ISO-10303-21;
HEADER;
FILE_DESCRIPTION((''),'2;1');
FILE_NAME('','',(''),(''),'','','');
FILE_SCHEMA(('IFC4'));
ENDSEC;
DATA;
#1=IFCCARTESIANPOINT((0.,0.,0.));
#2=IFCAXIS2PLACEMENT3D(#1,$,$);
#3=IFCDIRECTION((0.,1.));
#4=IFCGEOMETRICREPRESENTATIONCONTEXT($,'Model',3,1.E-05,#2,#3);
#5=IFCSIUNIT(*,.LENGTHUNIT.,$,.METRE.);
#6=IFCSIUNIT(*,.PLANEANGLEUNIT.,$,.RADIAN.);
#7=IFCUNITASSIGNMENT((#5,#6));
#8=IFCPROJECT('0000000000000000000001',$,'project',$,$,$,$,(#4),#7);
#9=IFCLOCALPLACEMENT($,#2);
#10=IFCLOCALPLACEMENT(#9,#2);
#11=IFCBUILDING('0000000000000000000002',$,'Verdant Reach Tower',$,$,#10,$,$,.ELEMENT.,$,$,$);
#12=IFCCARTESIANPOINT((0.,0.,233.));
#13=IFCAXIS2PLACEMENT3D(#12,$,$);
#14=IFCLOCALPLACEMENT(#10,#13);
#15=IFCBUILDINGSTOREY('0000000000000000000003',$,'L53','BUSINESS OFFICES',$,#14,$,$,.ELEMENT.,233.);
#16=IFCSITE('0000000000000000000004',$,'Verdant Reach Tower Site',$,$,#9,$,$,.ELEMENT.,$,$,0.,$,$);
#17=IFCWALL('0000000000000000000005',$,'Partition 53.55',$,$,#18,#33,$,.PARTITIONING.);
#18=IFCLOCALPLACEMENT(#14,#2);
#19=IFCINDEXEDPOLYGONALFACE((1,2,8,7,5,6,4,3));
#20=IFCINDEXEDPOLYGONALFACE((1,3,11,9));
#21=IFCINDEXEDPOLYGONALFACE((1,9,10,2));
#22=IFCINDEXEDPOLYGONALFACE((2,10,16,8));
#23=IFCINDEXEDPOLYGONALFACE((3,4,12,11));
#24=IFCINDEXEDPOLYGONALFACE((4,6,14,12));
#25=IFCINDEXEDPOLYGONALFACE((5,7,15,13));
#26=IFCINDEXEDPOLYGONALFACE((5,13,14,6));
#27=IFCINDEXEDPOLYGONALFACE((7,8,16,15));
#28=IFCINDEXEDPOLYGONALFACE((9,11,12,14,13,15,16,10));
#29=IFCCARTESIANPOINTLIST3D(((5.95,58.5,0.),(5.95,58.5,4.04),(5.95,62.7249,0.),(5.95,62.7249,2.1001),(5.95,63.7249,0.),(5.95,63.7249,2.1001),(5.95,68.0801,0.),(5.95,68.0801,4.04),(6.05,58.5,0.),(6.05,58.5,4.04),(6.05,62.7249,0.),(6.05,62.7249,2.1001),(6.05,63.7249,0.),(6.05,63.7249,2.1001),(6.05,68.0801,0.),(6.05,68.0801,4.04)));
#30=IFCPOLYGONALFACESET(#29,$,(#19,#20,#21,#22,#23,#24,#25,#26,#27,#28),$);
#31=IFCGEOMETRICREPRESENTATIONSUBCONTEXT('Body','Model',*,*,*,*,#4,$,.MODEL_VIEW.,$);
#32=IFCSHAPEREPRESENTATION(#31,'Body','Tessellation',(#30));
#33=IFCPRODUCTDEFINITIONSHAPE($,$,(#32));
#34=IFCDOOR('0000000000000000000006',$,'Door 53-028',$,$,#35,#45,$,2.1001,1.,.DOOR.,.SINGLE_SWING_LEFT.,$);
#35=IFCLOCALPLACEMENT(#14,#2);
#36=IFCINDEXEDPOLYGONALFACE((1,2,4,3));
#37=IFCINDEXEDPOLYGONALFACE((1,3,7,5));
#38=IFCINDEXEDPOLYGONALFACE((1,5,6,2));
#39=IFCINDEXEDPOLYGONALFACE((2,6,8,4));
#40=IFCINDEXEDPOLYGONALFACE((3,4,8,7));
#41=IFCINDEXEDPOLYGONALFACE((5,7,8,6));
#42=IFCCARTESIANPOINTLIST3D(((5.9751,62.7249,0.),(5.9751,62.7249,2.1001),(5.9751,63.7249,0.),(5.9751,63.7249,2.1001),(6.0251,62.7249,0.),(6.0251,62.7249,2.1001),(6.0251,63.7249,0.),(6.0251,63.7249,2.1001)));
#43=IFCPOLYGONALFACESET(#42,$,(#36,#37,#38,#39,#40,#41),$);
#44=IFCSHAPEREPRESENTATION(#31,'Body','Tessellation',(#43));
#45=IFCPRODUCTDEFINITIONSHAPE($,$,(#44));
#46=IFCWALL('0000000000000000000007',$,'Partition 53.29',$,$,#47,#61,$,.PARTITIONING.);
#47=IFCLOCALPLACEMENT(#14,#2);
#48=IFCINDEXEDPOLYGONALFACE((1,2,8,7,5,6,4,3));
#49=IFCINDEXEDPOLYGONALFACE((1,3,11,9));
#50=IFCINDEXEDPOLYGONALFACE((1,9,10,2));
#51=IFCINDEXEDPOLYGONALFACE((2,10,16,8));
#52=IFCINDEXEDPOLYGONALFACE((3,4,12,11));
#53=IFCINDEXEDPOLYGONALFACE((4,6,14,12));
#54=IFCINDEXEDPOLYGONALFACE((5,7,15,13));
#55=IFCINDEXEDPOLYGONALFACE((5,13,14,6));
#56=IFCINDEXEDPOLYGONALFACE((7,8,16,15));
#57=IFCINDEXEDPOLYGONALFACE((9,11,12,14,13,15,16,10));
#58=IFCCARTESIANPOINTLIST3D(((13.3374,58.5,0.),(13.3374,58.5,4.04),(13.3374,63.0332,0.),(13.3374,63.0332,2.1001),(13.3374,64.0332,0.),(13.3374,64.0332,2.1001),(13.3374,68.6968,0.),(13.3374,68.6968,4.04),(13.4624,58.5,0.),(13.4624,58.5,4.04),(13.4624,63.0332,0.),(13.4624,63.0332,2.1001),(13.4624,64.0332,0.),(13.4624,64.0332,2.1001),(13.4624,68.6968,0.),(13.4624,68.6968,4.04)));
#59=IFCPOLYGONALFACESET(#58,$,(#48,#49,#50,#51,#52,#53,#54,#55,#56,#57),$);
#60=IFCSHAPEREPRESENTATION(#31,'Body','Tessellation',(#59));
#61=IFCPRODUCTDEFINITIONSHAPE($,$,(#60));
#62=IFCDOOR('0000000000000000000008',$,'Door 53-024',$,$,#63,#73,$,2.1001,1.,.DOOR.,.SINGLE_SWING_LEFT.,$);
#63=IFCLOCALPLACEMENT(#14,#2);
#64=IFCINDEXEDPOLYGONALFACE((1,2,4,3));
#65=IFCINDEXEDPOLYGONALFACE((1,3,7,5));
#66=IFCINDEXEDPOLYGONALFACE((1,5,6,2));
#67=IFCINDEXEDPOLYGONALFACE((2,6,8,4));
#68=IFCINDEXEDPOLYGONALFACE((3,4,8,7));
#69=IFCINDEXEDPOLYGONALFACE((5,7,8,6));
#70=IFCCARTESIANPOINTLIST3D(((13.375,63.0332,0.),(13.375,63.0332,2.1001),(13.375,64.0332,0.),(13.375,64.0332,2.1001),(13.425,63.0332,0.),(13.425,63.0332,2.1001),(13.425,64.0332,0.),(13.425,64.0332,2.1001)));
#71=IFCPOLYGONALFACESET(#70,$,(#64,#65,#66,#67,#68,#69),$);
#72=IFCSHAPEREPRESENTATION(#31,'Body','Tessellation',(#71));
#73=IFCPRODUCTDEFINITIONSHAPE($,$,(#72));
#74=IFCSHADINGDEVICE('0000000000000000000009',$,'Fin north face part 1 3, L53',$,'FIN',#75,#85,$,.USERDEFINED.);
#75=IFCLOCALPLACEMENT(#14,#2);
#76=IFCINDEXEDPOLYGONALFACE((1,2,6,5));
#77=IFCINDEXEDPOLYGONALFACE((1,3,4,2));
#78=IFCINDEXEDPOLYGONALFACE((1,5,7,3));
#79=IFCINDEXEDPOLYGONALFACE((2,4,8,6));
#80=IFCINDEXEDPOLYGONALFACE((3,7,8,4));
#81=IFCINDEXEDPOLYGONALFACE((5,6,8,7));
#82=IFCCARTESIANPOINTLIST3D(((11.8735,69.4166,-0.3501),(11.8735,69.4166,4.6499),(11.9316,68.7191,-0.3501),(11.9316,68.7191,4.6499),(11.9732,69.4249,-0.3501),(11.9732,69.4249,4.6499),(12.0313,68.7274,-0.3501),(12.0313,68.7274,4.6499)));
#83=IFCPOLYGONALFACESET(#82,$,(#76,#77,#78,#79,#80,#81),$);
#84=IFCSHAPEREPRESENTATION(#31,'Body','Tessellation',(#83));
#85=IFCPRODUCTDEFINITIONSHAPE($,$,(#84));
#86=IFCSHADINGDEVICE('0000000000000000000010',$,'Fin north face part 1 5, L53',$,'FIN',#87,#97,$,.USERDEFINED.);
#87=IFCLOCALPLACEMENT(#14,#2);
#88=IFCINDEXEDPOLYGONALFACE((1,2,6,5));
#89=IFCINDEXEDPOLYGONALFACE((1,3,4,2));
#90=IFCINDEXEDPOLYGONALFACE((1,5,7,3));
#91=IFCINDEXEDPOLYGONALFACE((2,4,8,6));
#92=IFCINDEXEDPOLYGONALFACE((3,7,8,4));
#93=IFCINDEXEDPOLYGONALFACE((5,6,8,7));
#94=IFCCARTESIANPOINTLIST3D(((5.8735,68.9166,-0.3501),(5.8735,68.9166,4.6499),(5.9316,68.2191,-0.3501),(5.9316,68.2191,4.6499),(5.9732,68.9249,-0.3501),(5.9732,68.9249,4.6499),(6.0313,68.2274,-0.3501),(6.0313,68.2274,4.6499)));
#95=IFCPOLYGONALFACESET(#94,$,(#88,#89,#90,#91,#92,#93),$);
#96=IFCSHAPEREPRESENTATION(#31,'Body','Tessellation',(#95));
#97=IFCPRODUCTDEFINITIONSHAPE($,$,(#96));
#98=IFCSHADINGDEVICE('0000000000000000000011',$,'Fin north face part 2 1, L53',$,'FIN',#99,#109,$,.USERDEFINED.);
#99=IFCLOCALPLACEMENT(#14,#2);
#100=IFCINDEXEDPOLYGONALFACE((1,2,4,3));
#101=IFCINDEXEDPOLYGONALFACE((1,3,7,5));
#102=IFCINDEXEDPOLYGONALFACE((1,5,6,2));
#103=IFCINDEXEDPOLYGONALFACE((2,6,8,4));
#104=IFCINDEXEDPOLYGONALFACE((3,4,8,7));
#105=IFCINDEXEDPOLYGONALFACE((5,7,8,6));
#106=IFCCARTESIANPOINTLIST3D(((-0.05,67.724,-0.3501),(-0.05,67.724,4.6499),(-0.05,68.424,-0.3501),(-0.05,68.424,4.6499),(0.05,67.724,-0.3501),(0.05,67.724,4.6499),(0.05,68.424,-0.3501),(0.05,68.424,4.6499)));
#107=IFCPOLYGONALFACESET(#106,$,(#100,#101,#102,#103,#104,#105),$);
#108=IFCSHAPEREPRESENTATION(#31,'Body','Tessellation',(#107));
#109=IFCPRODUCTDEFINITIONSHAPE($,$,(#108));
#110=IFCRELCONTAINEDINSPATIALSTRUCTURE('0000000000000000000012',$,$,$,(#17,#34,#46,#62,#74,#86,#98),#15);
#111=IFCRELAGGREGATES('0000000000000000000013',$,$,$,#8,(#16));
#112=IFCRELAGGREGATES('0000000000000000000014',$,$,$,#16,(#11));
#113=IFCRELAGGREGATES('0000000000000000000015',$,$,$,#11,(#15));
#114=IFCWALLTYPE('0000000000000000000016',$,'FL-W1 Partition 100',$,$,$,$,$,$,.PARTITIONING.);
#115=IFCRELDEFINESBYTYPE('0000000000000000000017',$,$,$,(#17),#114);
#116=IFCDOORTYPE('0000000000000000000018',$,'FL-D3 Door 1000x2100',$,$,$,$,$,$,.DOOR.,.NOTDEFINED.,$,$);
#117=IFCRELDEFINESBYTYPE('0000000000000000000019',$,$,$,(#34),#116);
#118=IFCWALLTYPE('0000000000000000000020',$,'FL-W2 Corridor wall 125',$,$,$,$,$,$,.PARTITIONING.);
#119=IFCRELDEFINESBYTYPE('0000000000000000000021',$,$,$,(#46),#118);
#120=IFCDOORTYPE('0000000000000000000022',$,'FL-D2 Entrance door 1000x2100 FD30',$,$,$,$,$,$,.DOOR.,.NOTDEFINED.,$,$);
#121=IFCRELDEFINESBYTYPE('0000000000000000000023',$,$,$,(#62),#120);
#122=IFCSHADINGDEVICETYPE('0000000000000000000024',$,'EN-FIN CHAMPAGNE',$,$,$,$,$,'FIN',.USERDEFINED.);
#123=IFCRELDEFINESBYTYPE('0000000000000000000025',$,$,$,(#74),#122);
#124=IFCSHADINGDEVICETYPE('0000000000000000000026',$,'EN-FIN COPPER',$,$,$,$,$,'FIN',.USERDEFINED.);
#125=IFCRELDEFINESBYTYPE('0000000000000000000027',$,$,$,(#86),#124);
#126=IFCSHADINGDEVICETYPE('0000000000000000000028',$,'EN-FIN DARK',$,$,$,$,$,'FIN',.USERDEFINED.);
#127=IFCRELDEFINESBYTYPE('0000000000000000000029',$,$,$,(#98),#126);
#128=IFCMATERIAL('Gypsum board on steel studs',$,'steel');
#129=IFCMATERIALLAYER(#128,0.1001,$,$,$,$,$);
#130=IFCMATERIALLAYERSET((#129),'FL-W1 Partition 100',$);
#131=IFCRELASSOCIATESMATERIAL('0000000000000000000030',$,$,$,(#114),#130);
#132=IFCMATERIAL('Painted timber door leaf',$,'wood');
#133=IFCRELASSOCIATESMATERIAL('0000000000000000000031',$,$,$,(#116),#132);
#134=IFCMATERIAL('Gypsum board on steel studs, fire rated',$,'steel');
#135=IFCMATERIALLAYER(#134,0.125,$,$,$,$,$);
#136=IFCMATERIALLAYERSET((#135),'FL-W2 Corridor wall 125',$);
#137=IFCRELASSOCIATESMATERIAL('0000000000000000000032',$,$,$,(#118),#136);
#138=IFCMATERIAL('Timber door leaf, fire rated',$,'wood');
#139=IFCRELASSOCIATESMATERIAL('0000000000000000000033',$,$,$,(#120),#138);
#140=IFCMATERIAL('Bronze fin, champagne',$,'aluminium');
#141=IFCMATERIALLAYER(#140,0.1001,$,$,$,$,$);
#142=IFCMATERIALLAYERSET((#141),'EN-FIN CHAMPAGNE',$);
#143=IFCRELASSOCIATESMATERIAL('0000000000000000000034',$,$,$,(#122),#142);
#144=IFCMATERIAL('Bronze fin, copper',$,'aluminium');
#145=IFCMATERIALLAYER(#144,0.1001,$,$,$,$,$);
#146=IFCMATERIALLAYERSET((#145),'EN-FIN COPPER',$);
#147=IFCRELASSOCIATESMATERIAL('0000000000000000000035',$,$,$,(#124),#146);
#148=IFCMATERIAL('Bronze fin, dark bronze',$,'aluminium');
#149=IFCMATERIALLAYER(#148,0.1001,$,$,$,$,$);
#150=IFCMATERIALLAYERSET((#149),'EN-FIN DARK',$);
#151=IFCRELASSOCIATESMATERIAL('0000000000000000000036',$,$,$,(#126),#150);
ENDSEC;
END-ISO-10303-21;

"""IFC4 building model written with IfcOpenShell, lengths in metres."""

from ifc_helpers import new_model, si_unit, direction, frame, frame_2d, origin, origin_2d, place, context, subcontext, project, spatial, rectangle, extrude, material, layer, layer_set, type_object, element, fill, save


model = new_model("IFC4")

# Units and contexts
model_context = context("Model", 3, precision=1e-05, world=origin(), true_north=direction((0.0, 1.0)))
body_context = subcontext(model_context, "Body", "Model", "MODEL_VIEW")
ifc_project = project(units=[si_unit("LENGTHUNIT", "METRE"), si_unit("PLANEANGLEUNIT", "RADIAN")], contexts=[model_context])

# Site, building, storey
site_placement = place(None, origin())
site = spatial("IfcSite", under=ifc_project, at=site_placement, Name="Verdant Reach Tower Site", CompositionType="ELEMENT", RefElevation=0.0)
building_placement = place(site_placement, origin())
building = spatial("IfcBuilding", under=site, at=building_placement, Name="Verdant Reach Tower", CompositionType="ELEMENT")
storey_placement = place(building_placement, frame((0.0, 0.0, 233.0)))
storey = spatial("IfcBuildingStorey", under=building, at=storey_placement, Name="L53", Description="BUSINESS OFFICES", CompositionType="ELEMENT", Elevation=233.0)

# Shared definitions
ifc_material_1 = material(Name="Gypsum board on steel studs", Category="steel")
ifc_layer_1 = layer(ifc_material_1, 0.1001)
ifc_layer_set_1 = layer_set([ifc_layer_1], Name="FL-W1 Partition 100")
wall_type_1 = type_object("IfcWallType", Name="FL-W1 Partition 100", PredefinedType="PARTITIONING", material=ifc_layer_set_1)

# Walls, openings, doors
wall_1_placement = place(storey_placement, frame((6.0, 58.5, 0.0), z_axis=(0.0, 0.0, 1.0), x_axis=(0.0, 1.0, 0.0)))
wall_1 = element("IfcWall", 1, at=wall_1_placement, inside=storey, type_object=wall_type_1, Name="Partition 53.55", PredefinedType="PARTITIONING", context=body_context, shape_type="SweptSolid", body=[
    extrude(rectangle(XDim=9.5801, YDim=0.1001, at=frame_2d((4.79, 0.0))), origin(), (0.0, 0.0, 1.0), 4.04),
])
opening_1_placement = place(wall_1_placement, frame((4.2249, 0.0, 0.0)))
opening_1 = element("IfcOpeningElement", 2, at=opening_1_placement, cuts=wall_1, PredefinedType="OPENING", context=body_context, shape_type="SweptSolid", body=[
    extrude(rectangle(XDim=1.0, YDim=2.1001, at=frame_2d((0.5, 1.05))), frame((0.0, 0.0601, 0.0), z_axis=(0.0, -1.0, 0.0), x_axis=(1.0, 0.0, 0.0)), (0.0, 0.0, 1.0), 0.1201),
])
ifc_material_2 = material(Name="Painted timber door leaf", Category="wood")
door_type_1 = type_object("IfcDoorType", Name="FL-D3 Door 1000x2100", OperationType="NOTDEFINED", PredefinedType="DOOR", material=ifc_material_2)
door_1_placement = place(opening_1_placement, origin())
door_1 = element("IfcDoor", 3, at=door_1_placement, inside=storey, type_object=door_type_1, Name="Door 53-028", OperationType="SINGLE_SWING_LEFT", OverallHeight=2.1001, OverallWidth=1.0, PredefinedType="DOOR", context=body_context, shape_type="SweptSolid", body=[
    extrude(rectangle(XDim=1.0, YDim=2.1001, at=frame_2d((0.5, 1.05))), frame((0.0, 0.0249, 0.0), z_axis=(0.0, -1.0, 0.0), x_axis=(1.0, 0.0, 0.0)), (0.0, 0.0, 1.0), 0.05),
])
fill(opening_1, door_1)
ifc_material_3 = material(Name="Gypsum board on steel studs, fire rated", Category="steel")
ifc_layer_2 = layer(ifc_material_3, 0.125)
ifc_layer_set_2 = layer_set([ifc_layer_2], Name="FL-W2 Corridor wall 125")
wall_type_2 = type_object("IfcWallType", Name="FL-W2 Corridor wall 125", PredefinedType="PARTITIONING", material=ifc_layer_set_2)
wall_2_placement = place(storey_placement, frame((13.3999, 58.5, 0.0), z_axis=(0.0, 0.0, 1.0), x_axis=(0.0, 1.0, 0.0)))
wall_2 = element("IfcWall", 4, at=wall_2_placement, inside=storey, type_object=wall_type_2, Name="Partition 53.29", PredefinedType="PARTITIONING", context=body_context, shape_type="SweptSolid", body=[
    extrude(rectangle(XDim=10.1968, YDim=0.125, at=frame_2d((5.0984, 0.0))), origin(), (0.0, 0.0, 1.0), 4.04),
])
opening_2_placement = place(wall_2_placement, frame((4.5332, 0.0, 0.0)))
opening_2 = element("IfcOpeningElement", 5, at=opening_2_placement, cuts=wall_2, PredefinedType="OPENING", context=body_context, shape_type="SweptSolid", body=[
    extrude(rectangle(XDim=1.0, YDim=2.1001, at=frame_2d((0.5, 1.05))), frame((0.0, 0.0725, 0.0), z_axis=(0.0, -1.0, 0.0), x_axis=(1.0, 0.0, 0.0)), (0.0, 0.0, 1.0), 0.145),
])
ifc_material_4 = material(Name="Timber door leaf, fire rated", Category="wood")
door_type_2 = type_object("IfcDoorType", Name="FL-D2 Entrance door 1000x2100 FD30", OperationType="NOTDEFINED", PredefinedType="DOOR", material=ifc_material_4)
door_2_placement = place(opening_2_placement, origin())
door_2 = element("IfcDoor", 6, at=door_2_placement, inside=storey, type_object=door_type_2, Name="Door 53-024", OperationType="SINGLE_SWING_LEFT", OverallHeight=2.1001, OverallWidth=1.0, PredefinedType="DOOR", context=body_context, shape_type="SweptSolid", body=[
    extrude(rectangle(XDim=1.0, YDim=2.1001, at=frame_2d((0.5, 1.05))), frame((0.0, 0.0249, 0.0), z_axis=(0.0, -1.0, 0.0), x_axis=(1.0, 0.0, 0.0)), (0.0, 0.0, 1.0), 0.05),
])
fill(opening_2, door_2)

# Shading devices
ifc_material_5 = material(Name="Bronze fin, champagne", Category="aluminium")
ifc_layer_3 = layer(ifc_material_5, 0.1001)
ifc_layer_set_3 = layer_set([ifc_layer_3], Name="EN-FIN CHAMPAGNE")
shading_device_type_1 = type_object("IfcShadingDeviceType", Name="EN-FIN CHAMPAGNE", ElementType="FIN", PredefinedType="USERDEFINED", material=ifc_layer_set_3)
shading_device_1_placement = place(storey_placement, frame((11.9524, 69.072, -0.3501), z_axis=(0.0, 0.0, 1.0), x_axis=(-0.996546, -0.083045, 0.0)))
element("IfcShadingDevice", 7, at=shading_device_1_placement, inside=storey, type_object=shading_device_type_1, Name="Fin north face part 1 3, L53", ObjectType="FIN", PredefinedType="USERDEFINED", context=body_context, shape_type="SweptSolid", body=[
    extrude(rectangle(XDim=0.1001, YDim=0.7, at=origin_2d()), origin(), (0.0, 0.0, 1.0), 5.0),
])
ifc_material_6 = material(Name="Bronze fin, copper", Category="aluminium")
ifc_layer_4 = layer(ifc_material_6, 0.1001)
ifc_layer_set_4 = layer_set([ifc_layer_4], Name="EN-FIN COPPER")
shading_device_type_2 = type_object("IfcShadingDeviceType", Name="EN-FIN COPPER", ElementType="FIN", PredefinedType="USERDEFINED", material=ifc_layer_set_4)
shading_device_2_placement = place(storey_placement, frame((5.9524, 68.572, -0.3501), z_axis=(0.0, 0.0, 1.0), x_axis=(-0.996546, -0.083045, 0.0)))
element("IfcShadingDevice", 8, at=shading_device_2_placement, inside=storey, type_object=shading_device_type_2, Name="Fin north face part 1 5, L53", ObjectType="FIN", PredefinedType="USERDEFINED", context=body_context, shape_type="SweptSolid", body=[
    extrude(rectangle(XDim=0.1001, YDim=0.7, at=origin_2d()), origin(), (0.0, 0.0, 1.0), 5.0),
])
ifc_material_7 = material(Name="Bronze fin, dark bronze", Category="aluminium")
ifc_layer_5 = layer(ifc_material_7, 0.1001)
ifc_layer_set_5 = layer_set([ifc_layer_5], Name="EN-FIN DARK")
shading_device_type_3 = type_object("IfcShadingDeviceType", Name="EN-FIN DARK", ElementType="FIN", PredefinedType="USERDEFINED", material=ifc_layer_set_5)
shading_device_3_placement = place(storey_placement, frame((0.0, 68.074, -0.3501), z_axis=(0.0, 0.0, 1.0), x_axis=(-1.0, 0.0, 0.0)))
element("IfcShadingDevice", 9, at=shading_device_3_placement, inside=storey, type_object=shading_device_type_3, Name="Fin north face part 2 1, L53", ObjectType="FIN", PredefinedType="USERDEFINED", context=body_context, shape_type="SweptSolid", body=[
    extrude(rectangle(XDim=0.1001, YDim=0.7, at=origin_2d()), origin(), (0.0, 0.0, 1.0), 5.0),
])

save(model, "model.ifc")
